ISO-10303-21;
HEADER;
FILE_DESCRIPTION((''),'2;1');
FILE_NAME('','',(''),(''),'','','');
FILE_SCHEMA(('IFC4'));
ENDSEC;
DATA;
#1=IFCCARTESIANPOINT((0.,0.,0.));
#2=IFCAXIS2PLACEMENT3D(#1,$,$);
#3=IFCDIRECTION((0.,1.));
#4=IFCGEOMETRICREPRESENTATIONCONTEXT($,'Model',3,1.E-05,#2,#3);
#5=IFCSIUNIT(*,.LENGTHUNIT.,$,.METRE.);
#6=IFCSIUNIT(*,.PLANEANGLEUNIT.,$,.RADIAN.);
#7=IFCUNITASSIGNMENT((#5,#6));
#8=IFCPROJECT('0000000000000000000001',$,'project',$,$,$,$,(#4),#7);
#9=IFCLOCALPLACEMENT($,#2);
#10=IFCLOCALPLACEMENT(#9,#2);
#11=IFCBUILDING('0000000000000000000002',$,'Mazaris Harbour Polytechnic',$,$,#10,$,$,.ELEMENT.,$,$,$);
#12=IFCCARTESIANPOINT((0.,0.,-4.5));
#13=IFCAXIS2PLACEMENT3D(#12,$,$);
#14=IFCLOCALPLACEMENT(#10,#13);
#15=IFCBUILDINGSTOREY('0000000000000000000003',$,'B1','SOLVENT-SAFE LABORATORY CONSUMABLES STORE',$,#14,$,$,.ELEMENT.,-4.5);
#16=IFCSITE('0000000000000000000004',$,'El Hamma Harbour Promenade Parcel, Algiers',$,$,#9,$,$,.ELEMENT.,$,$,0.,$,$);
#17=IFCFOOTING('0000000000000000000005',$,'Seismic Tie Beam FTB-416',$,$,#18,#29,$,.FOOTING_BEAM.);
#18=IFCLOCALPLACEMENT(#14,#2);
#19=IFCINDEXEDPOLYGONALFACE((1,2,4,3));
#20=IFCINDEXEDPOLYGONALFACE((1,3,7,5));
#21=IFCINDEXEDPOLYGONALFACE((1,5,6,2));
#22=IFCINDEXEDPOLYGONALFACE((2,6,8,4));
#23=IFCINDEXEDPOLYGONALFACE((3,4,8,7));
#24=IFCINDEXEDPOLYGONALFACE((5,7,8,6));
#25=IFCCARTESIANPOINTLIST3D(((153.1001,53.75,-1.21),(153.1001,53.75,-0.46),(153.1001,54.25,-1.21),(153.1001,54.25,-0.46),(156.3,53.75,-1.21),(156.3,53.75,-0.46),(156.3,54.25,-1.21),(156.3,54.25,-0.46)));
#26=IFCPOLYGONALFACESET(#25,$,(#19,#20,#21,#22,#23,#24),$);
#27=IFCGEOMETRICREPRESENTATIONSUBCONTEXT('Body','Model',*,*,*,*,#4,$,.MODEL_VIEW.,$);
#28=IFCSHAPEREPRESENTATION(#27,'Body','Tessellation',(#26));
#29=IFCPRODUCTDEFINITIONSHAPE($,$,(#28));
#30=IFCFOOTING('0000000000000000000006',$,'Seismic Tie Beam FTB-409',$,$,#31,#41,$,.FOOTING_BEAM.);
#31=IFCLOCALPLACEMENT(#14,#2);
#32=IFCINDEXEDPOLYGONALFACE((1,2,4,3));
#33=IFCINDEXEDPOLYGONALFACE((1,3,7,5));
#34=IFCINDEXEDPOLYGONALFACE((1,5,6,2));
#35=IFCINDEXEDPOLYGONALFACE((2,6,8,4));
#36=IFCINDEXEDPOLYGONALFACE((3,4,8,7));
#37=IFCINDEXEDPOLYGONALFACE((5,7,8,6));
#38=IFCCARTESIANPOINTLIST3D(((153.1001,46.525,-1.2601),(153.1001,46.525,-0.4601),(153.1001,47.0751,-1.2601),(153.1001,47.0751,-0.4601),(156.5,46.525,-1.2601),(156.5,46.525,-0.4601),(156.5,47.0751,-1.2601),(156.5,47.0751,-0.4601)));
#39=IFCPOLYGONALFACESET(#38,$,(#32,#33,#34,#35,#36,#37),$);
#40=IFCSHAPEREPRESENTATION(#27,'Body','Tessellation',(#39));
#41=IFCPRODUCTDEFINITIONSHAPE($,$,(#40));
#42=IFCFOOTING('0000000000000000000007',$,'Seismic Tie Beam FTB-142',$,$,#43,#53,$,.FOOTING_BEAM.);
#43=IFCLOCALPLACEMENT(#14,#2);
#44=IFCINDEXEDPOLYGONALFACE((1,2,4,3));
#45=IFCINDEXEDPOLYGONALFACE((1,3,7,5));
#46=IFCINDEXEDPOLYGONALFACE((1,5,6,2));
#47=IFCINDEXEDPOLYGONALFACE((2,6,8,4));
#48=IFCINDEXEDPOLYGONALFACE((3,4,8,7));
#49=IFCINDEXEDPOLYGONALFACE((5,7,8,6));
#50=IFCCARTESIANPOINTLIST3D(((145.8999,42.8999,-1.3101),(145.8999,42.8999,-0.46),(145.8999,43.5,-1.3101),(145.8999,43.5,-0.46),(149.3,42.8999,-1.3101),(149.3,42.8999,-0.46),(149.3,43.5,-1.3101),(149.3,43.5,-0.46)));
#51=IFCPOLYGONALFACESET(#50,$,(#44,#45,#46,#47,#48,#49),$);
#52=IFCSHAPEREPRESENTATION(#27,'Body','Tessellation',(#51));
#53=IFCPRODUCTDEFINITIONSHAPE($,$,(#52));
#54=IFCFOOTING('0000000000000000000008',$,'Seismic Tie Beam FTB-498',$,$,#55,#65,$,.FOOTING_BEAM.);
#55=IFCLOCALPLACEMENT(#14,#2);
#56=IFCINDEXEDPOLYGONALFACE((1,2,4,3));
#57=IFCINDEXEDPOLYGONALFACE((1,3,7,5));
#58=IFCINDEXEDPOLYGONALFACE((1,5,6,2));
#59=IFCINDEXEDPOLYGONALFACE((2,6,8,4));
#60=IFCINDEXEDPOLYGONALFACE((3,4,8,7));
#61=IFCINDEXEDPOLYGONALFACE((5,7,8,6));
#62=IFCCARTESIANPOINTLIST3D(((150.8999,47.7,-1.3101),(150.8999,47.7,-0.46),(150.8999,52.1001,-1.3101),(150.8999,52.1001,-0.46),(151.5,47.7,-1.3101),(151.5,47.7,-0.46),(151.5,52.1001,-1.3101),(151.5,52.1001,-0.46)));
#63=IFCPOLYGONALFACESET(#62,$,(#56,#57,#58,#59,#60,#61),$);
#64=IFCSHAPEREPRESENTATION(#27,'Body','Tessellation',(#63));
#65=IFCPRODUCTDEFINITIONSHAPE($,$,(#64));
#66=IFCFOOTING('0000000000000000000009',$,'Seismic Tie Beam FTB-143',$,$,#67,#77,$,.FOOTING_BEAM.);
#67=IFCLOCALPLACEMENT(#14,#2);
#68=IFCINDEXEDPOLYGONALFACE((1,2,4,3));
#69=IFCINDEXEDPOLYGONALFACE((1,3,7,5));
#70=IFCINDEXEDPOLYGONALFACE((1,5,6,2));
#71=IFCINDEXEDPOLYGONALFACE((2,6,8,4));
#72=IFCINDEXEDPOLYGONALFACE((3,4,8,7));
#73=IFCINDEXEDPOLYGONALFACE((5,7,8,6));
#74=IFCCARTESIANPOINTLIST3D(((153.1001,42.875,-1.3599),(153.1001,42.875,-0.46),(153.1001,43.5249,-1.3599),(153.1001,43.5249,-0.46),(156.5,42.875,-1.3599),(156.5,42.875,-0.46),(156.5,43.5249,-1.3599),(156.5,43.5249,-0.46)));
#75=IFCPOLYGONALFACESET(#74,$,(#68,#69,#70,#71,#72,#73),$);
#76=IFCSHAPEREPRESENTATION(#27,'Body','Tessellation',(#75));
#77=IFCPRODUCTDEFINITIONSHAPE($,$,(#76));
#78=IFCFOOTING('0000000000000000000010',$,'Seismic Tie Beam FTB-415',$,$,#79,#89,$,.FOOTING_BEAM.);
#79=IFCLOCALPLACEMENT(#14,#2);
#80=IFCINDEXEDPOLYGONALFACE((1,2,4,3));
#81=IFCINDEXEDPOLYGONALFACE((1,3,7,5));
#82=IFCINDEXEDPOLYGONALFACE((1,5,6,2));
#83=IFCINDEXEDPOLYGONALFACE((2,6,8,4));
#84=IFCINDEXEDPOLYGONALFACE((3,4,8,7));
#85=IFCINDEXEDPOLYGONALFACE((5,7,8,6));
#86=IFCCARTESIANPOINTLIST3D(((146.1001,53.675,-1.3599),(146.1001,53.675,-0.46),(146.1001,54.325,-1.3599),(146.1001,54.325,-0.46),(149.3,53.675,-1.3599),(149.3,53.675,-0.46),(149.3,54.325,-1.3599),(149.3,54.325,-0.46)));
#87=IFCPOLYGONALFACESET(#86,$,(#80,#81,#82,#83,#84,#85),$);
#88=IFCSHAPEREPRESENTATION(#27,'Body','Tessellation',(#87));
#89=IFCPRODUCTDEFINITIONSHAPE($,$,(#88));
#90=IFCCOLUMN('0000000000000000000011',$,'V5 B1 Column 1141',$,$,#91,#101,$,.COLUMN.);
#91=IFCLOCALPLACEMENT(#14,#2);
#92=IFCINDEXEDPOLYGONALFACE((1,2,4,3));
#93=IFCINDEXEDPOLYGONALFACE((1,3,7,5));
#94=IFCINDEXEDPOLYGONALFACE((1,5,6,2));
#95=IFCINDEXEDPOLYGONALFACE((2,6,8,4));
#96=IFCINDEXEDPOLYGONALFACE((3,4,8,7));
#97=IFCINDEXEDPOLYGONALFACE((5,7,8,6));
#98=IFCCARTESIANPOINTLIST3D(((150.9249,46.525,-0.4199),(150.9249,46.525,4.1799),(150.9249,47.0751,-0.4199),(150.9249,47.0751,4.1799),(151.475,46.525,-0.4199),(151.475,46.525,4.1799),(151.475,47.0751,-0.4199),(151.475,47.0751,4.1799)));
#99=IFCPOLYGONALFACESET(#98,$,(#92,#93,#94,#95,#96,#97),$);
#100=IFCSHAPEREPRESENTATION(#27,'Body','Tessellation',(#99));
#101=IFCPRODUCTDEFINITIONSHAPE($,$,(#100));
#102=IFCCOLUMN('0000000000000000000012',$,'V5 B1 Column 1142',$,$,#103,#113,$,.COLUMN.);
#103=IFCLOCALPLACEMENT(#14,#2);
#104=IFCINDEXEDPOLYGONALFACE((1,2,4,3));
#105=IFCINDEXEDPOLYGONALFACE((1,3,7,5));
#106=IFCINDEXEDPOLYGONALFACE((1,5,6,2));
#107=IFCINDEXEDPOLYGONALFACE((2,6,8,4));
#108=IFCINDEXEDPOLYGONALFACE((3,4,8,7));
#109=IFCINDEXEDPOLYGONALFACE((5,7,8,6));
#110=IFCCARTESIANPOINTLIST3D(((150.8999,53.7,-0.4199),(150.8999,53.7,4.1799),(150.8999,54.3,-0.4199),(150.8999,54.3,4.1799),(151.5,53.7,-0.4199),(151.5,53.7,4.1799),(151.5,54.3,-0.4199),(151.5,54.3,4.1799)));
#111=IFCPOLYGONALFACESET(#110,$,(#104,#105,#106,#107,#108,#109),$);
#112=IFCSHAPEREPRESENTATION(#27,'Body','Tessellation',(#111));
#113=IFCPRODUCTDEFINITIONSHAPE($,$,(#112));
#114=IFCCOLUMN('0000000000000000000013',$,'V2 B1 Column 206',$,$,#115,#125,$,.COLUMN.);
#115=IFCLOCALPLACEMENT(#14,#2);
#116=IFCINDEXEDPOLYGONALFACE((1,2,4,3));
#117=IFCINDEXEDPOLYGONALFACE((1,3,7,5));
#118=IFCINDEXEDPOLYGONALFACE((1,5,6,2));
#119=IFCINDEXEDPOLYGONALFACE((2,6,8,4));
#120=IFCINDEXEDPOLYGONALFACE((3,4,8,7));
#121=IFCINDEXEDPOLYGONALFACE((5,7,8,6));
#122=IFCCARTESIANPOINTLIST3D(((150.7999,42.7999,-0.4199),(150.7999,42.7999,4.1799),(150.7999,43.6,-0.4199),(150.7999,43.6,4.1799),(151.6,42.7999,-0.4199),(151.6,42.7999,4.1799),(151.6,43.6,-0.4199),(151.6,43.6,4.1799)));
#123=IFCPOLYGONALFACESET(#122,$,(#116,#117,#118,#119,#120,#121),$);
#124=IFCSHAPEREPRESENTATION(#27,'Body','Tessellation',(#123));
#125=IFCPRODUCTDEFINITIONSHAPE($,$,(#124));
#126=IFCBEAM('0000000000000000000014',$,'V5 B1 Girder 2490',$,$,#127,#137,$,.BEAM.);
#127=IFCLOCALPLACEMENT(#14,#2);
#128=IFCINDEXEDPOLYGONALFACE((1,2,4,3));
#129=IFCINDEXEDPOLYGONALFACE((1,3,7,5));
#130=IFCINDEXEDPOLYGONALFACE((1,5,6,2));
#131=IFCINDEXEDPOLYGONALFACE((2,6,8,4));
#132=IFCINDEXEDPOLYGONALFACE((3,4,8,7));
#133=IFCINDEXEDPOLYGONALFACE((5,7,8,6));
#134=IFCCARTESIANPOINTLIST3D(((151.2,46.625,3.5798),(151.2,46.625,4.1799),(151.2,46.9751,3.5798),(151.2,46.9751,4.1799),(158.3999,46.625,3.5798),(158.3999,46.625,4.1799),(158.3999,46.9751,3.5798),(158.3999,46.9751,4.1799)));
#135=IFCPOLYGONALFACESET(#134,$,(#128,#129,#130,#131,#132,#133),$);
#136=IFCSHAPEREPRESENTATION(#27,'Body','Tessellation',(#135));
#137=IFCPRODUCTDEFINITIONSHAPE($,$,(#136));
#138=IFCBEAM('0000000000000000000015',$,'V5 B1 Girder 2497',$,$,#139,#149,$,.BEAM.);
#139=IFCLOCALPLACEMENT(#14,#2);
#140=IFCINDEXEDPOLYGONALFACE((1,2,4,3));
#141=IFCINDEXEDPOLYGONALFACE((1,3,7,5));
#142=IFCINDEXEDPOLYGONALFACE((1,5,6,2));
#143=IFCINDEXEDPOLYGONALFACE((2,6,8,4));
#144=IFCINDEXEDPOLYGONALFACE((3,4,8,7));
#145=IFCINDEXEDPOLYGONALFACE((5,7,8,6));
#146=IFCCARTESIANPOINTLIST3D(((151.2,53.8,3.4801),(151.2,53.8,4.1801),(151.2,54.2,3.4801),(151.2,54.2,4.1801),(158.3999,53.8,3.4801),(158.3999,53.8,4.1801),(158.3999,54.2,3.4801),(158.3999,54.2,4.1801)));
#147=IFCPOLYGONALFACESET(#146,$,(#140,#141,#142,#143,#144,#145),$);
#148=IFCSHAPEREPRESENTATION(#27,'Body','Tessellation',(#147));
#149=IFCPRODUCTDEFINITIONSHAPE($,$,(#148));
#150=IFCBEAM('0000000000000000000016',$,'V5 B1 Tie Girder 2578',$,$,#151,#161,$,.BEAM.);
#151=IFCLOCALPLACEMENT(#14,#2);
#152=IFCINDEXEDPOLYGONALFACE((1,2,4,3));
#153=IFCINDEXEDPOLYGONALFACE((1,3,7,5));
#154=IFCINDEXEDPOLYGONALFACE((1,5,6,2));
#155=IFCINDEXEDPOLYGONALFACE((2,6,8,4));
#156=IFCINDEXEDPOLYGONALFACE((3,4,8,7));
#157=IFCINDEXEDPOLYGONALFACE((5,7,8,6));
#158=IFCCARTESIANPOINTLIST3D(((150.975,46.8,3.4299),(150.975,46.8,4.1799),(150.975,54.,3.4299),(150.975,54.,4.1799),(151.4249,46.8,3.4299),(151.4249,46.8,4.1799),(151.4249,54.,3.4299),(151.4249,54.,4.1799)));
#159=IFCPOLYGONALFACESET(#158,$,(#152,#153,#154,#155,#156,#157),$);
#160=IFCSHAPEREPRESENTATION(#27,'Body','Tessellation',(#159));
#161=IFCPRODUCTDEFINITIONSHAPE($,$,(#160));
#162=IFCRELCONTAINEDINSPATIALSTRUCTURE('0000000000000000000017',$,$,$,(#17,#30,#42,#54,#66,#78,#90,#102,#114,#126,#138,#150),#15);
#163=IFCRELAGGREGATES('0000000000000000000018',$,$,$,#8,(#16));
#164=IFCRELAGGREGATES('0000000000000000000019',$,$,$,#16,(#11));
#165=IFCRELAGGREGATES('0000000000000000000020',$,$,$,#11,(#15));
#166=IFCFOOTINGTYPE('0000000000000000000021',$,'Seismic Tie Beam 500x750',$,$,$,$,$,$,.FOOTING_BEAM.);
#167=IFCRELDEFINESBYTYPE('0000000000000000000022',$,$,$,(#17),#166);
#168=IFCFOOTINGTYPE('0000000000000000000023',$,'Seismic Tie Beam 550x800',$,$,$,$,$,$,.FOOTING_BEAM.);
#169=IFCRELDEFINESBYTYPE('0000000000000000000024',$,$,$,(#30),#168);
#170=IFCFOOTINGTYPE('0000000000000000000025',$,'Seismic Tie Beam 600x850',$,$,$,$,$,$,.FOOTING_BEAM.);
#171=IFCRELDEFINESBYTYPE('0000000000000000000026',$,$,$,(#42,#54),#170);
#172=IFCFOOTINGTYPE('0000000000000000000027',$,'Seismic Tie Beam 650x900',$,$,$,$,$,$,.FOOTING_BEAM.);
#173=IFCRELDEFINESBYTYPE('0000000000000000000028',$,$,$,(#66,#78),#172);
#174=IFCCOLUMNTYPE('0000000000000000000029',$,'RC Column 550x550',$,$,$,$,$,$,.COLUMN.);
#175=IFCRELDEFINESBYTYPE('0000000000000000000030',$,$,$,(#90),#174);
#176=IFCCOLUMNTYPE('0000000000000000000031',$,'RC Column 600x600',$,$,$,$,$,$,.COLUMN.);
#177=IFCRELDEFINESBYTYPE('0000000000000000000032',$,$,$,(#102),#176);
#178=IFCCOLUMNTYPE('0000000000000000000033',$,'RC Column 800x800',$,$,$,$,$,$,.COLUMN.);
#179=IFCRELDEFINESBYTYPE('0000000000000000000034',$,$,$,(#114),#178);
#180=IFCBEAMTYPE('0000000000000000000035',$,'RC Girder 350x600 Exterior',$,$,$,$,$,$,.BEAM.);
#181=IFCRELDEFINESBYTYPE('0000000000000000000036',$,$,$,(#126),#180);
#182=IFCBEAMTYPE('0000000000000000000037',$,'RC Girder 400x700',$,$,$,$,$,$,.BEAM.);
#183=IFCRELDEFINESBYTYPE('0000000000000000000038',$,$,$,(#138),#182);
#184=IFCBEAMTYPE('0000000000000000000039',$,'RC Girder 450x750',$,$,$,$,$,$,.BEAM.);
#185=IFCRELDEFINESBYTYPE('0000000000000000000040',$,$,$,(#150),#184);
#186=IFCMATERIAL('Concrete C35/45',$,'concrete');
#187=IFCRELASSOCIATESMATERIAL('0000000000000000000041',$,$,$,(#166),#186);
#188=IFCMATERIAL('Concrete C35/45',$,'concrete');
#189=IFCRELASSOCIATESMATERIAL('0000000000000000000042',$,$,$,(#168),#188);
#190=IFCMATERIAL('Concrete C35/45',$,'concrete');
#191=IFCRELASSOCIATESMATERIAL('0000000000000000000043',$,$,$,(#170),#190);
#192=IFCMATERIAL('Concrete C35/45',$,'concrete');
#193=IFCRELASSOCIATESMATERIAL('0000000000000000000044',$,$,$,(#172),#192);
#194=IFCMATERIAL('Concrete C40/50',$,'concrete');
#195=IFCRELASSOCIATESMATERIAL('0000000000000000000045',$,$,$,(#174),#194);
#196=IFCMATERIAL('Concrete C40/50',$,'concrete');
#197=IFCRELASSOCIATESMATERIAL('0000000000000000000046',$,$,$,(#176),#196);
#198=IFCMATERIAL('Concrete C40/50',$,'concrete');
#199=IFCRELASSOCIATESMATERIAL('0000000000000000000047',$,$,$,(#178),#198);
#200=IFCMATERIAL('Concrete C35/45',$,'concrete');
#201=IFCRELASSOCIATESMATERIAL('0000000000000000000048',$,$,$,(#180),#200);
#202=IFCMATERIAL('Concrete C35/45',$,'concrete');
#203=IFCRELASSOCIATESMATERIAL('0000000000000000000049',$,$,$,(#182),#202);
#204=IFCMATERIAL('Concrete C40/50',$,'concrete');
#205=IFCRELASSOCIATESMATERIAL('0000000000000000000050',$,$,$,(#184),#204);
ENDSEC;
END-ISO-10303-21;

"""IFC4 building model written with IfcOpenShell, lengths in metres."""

from ifc_helpers import new_model, si_unit, direction, frame, origin, origin_2d, place, context, subcontext, project, spatial, rectangle, extrude, material, material_profile, profile_set, type_object, element, save


model = new_model("IFC4")

# Units and contexts
model_context = context("Model", 3, precision=1e-05, world=origin(), true_north=direction((0.0, 1.0)))
body_context = subcontext(model_context, "Body", "Model", "MODEL_VIEW")
ifc_project = project(units=[si_unit("LENGTHUNIT", "METRE"), si_unit("PLANEANGLEUNIT", "RADIAN")], contexts=[model_context])

# Site, building, storey
site_placement = place(None, origin())
site = spatial("IfcSite", under=ifc_project, at=site_placement, Name="El Hamma Harbour Promenade Parcel, Algiers", CompositionType="ELEMENT", RefElevation=0.0)
building_placement = place(site_placement, origin())
building = spatial("IfcBuilding", under=site, at=building_placement, Name="Mazaris Harbour Polytechnic", CompositionType="ELEMENT")
storey_placement = place(building_placement, frame((0.0, 0.0, -4.5)))
storey = spatial("IfcBuildingStorey", under=building, at=storey_placement, Name="B1", Description="SOLVENT-SAFE LABORATORY CONSUMABLES STORE", CompositionType="ELEMENT", Elevation=-4.5)

# Footings
ifc_material_1 = material(Name="Concrete C35/45", Category="concrete")
ifc_material_profile_1 = material_profile(ifc_material_1, rectangle(XDim=0.5, YDim=0.75, at=origin_2d()), Name="RECT500x750")
ifc_profile_set_1 = profile_set([ifc_material_profile_1], Name="Concrete C35/45")
footing_type_1 = type_object("IfcFootingType", Name="Seismic Tie Beam 500x750", PredefinedType="FOOTING_BEAM", material=ifc_profile_set_1)
footing_1_placement = place(storey_placement, frame((153.1001, 54.0, -0.835), z_axis=(1.0, 0.0, 0.0), x_axis=(0.0, 1.0, 0.0)))
element("IfcFooting", 1, at=footing_1_placement, inside=storey, type_object=footing_type_1, Name="Seismic Tie Beam FTB-416", PredefinedType="FOOTING_BEAM", context=body_context, shape_type="SweptSolid", body=[
    extrude(rectangle(XDim=0.5, YDim=0.75, at=origin_2d()), origin(), (0.0, 0.0, 1.0), 3.2),
])
ifc_material_2 = material(Name="Concrete C35/45", Category="concrete")
ifc_material_profile_2 = material_profile(ifc_material_2, rectangle(XDim=0.55, YDim=0.8, at=origin_2d()), Name="RECT550x800")
ifc_profile_set_2 = profile_set([ifc_material_profile_2], Name="Concrete C35/45")
footing_type_2 = type_object("IfcFootingType", Name="Seismic Tie Beam 550x800", PredefinedType="FOOTING_BEAM", material=ifc_profile_set_2)
footing_2_placement = place(storey_placement, frame((153.1001, 46.8, -0.8601), z_axis=(1.0, 0.0, 0.0), x_axis=(0.0, 1.0, 0.0)))
element("IfcFooting", 2, at=footing_2_placement, inside=storey, type_object=footing_type_2, Name="Seismic Tie Beam FTB-409", PredefinedType="FOOTING_BEAM", context=body_context, shape_type="SweptSolid", body=[
    extrude(rectangle(XDim=0.55, YDim=0.8, at=origin_2d()), origin(), (0.0, 0.0, 1.0), 3.3999),
])
ifc_material_3 = material(Name="Concrete C35/45", Category="concrete")
ifc_material_profile_3 = material_profile(ifc_material_3, rectangle(XDim=0.6001, YDim=0.8501, at=origin_2d()), Name="RECT600x850")
ifc_profile_set_3 = profile_set([ifc_material_profile_3], Name="Concrete C35/45")
footing_type_3 = type_object("IfcFootingType", Name="Seismic Tie Beam 600x850", PredefinedType="FOOTING_BEAM", material=ifc_profile_set_3)
footing_3_placement = place(storey_placement, frame((145.8999, 43.2, -0.885), z_axis=(1.0, 0.0, 0.0), x_axis=(0.0, 1.0, 0.0)))
element("IfcFooting", 3, at=footing_3_placement, inside=storey, type_object=footing_type_3, Name="Seismic Tie Beam FTB-142", PredefinedType="FOOTING_BEAM", context=body_context, shape_type="SweptSolid", body=[
    extrude(rectangle(XDim=0.6001, YDim=0.8501, at=origin_2d()), origin(), (0.0, 0.0, 1.0), 3.4001),
])
footing_4_placement = place(storey_placement, frame((151.2, 47.7, -0.885), z_axis=(0.0, 1.0, 0.0), x_axis=(-1.0, 0.0, 0.0)))
element("IfcFooting", 4, at=footing_4_placement, inside=storey, type_object=footing_type_3, Name="Seismic Tie Beam FTB-498", PredefinedType="FOOTING_BEAM", context=body_context, shape_type="SweptSolid", body=[
    extrude(rectangle(XDim=0.6001, YDim=0.8501, at=origin_2d()), origin(), (0.0, 0.0, 1.0), 4.4001),
])
ifc_material_4 = material(Name="Concrete C35/45", Category="concrete")
ifc_material_profile_4 = material_profile(ifc_material_4, rectangle(XDim=0.6499, YDim=0.8999, at=origin_2d()), Name="RECT650x900")
ifc_profile_set_4 = profile_set([ifc_material_profile_4], Name="Concrete C35/45")
footing_type_4 = type_object("IfcFootingType", Name="Seismic Tie Beam 650x900", PredefinedType="FOOTING_BEAM", material=ifc_profile_set_4)
footing_5_placement = place(storey_placement, frame((153.1001, 43.2, -0.9099), z_axis=(1.0, 0.0, 0.0), x_axis=(0.0, 1.0, 0.0)))
element("IfcFooting", 5, at=footing_5_placement, inside=storey, type_object=footing_type_4, Name="Seismic Tie Beam FTB-143", PredefinedType="FOOTING_BEAM", context=body_context, shape_type="SweptSolid", body=[
    extrude(rectangle(XDim=0.6499, YDim=0.8999, at=origin_2d()), origin(), (0.0, 0.0, 1.0), 3.3999),
])
footing_6_placement = place(storey_placement, frame((146.1001, 54.0, -0.9099), z_axis=(1.0, 0.0, 0.0), x_axis=(0.0, 1.0, 0.0)))
element("IfcFooting", 6, at=footing_6_placement, inside=storey, type_object=footing_type_4, Name="Seismic Tie Beam FTB-415", PredefinedType="FOOTING_BEAM", context=body_context, shape_type="SweptSolid", body=[
    extrude(rectangle(XDim=0.6499, YDim=0.8999, at=origin_2d()), origin(), (0.0, 0.0, 1.0), 3.2),
])

# Columns
ifc_material_5 = material(Name="Concrete C40/50", Category="concrete")
ifc_material_profile_5 = material_profile(ifc_material_5, rectangle(XDim=0.55, YDim=0.55, at=origin_2d()), Name="RECT550x550")
ifc_profile_set_5 = profile_set([ifc_material_profile_5], Name="Concrete C40/50")
column_type_1 = type_object("IfcColumnType", Name="RC Column 550x550", PredefinedType="COLUMN", material=ifc_profile_set_5)
column_1_placement = place(storey_placement, frame((151.2, 46.8, -0.4199), z_axis=(0.0, 0.0, 1.0), x_axis=(1.0, 0.0, 0.0)))
element("IfcColumn", 7, at=column_1_placement, inside=storey, type_object=column_type_1, Name="V5 B1 Column 1141", PredefinedType="COLUMN", context=body_context, shape_type="SweptSolid", body=[
    extrude(rectangle(XDim=0.55, YDim=0.55, at=origin_2d()), origin(), (0.0, 0.0, 1.0), 4.5999),
])
ifc_material_6 = material(Name="Concrete C40/50", Category="concrete")
ifc_material_profile_6 = material_profile(ifc_material_6, rectangle(XDim=0.6001, YDim=0.6001, at=origin_2d()), Name="RECT600x600")
ifc_profile_set_6 = profile_set([ifc_material_profile_6], Name="Concrete C40/50")
column_type_2 = type_object("IfcColumnType", Name="RC Column 600x600", PredefinedType="COLUMN", material=ifc_profile_set_6)
column_2_placement = place(storey_placement, frame((151.2, 54.0, -0.4199), z_axis=(0.0, 0.0, 1.0), x_axis=(1.0, 0.0, 0.0)))
element("IfcColumn", 8, at=column_2_placement, inside=storey, type_object=column_type_2, Name="V5 B1 Column 1142", PredefinedType="COLUMN", context=body_context, shape_type="SweptSolid", body=[
    extrude(rectangle(XDim=0.6001, YDim=0.6001, at=origin_2d()), origin(), (0.0, 0.0, 1.0), 4.5999),
])
ifc_material_7 = material(Name="Concrete C40/50", Category="concrete")
ifc_material_profile_7 = material_profile(ifc_material_7, rectangle(XDim=0.8, YDim=0.8, at=origin_2d()), Name="RECT800x800")
ifc_profile_set_7 = profile_set([ifc_material_profile_7], Name="Concrete C40/50")
column_type_3 = type_object("IfcColumnType", Name="RC Column 800x800", PredefinedType="COLUMN", material=ifc_profile_set_7)
column_3_placement = place(storey_placement, frame((151.2, 43.2, -0.4199), z_axis=(0.0, 0.0, 1.0), x_axis=(1.0, 0.0, 0.0)))
element("IfcColumn", 9, at=column_3_placement, inside=storey, type_object=column_type_3, Name="V2 B1 Column 206", PredefinedType="COLUMN", context=body_context, shape_type="SweptSolid", body=[
    extrude(rectangle(XDim=0.8, YDim=0.8, at=origin_2d()), origin(), (0.0, 0.0, 1.0), 4.5999),
])

# Beams
ifc_material_8 = material(Name="Concrete C35/45", Category="concrete")
ifc_material_profile_8 = material_profile(ifc_material_8, rectangle(XDim=0.3501, YDim=0.6001, at=origin_2d()), Name="RECT350x600")
ifc_profile_set_8 = profile_set([ifc_material_profile_8], Name="Concrete C35/45")
beam_type_1 = type_object("IfcBeamType", Name="RC Girder 350x600 Exterior", PredefinedType="BEAM", material=ifc_profile_set_8)
beam_1_placement = place(storey_placement, frame((151.2, 46.8, 3.8799), z_axis=(1.0, 0.0, 0.0), x_axis=(0.0, 1.0, 0.0)))
element("IfcBeam", 10, at=beam_1_placement, inside=storey, type_object=beam_type_1, Name="V5 B1 Girder 2490", PredefinedType="BEAM", context=body_context, shape_type="SweptSolid", body=[
    extrude(rectangle(XDim=0.3501, YDim=0.6001, at=origin_2d()), origin(), (0.0, 0.0, 1.0), 7.2),
])
ifc_material_9 = material(Name="Concrete C35/45", Category="concrete")
ifc_material_profile_9 = material_profile(ifc_material_9, rectangle(XDim=0.3999, YDim=0.7, at=origin_2d()), Name="RECT400x700")
ifc_profile_set_9 = profile_set([ifc_material_profile_9], Name="Concrete C35/45")
beam_type_2 = type_object("IfcBeamType", Name="RC Girder 400x700", PredefinedType="BEAM", material=ifc_profile_set_9)
beam_2_placement = place(storey_placement, frame((151.2, 54.0, 3.8301), z_axis=(1.0, 0.0, 0.0), x_axis=(0.0, 1.0, 0.0)))
element("IfcBeam", 11, at=beam_2_placement, inside=storey, type_object=beam_type_2, Name="V5 B1 Girder 2497", PredefinedType="BEAM", context=body_context, shape_type="SweptSolid", body=[
    extrude(rectangle(XDim=0.3999, YDim=0.7, at=origin_2d()), origin(), (0.0, 0.0, 1.0), 7.2),
])
ifc_material_10 = material(Name="Concrete C40/50", Category="concrete")
ifc_material_profile_10 = material_profile(ifc_material_10, rectangle(XDim=0.45, YDim=0.75, at=origin_2d()), Name="RECT450x750")
ifc_profile_set_10 = profile_set([ifc_material_profile_10], Name="Concrete C40/50")
beam_type_3 = type_object("IfcBeamType", Name="RC Girder 450x750", PredefinedType="BEAM", material=ifc_profile_set_10)
beam_3_placement = place(storey_placement, frame((151.2, 46.8, 3.8049), z_axis=(0.0, 1.0, 0.0), x_axis=(-1.0, 0.0, 0.0)))
element("IfcBeam", 12, at=beam_3_placement, inside=storey, type_object=beam_type_3, Name="V5 B1 Tie Girder 2578", PredefinedType="BEAM", context=body_context, shape_type="SweptSolid", body=[
    extrude(rectangle(XDim=0.45, YDim=0.75, at=origin_2d()), origin(), (0.0, 0.0, 1.0), 7.2),
])

save(model, "model.ifc")
